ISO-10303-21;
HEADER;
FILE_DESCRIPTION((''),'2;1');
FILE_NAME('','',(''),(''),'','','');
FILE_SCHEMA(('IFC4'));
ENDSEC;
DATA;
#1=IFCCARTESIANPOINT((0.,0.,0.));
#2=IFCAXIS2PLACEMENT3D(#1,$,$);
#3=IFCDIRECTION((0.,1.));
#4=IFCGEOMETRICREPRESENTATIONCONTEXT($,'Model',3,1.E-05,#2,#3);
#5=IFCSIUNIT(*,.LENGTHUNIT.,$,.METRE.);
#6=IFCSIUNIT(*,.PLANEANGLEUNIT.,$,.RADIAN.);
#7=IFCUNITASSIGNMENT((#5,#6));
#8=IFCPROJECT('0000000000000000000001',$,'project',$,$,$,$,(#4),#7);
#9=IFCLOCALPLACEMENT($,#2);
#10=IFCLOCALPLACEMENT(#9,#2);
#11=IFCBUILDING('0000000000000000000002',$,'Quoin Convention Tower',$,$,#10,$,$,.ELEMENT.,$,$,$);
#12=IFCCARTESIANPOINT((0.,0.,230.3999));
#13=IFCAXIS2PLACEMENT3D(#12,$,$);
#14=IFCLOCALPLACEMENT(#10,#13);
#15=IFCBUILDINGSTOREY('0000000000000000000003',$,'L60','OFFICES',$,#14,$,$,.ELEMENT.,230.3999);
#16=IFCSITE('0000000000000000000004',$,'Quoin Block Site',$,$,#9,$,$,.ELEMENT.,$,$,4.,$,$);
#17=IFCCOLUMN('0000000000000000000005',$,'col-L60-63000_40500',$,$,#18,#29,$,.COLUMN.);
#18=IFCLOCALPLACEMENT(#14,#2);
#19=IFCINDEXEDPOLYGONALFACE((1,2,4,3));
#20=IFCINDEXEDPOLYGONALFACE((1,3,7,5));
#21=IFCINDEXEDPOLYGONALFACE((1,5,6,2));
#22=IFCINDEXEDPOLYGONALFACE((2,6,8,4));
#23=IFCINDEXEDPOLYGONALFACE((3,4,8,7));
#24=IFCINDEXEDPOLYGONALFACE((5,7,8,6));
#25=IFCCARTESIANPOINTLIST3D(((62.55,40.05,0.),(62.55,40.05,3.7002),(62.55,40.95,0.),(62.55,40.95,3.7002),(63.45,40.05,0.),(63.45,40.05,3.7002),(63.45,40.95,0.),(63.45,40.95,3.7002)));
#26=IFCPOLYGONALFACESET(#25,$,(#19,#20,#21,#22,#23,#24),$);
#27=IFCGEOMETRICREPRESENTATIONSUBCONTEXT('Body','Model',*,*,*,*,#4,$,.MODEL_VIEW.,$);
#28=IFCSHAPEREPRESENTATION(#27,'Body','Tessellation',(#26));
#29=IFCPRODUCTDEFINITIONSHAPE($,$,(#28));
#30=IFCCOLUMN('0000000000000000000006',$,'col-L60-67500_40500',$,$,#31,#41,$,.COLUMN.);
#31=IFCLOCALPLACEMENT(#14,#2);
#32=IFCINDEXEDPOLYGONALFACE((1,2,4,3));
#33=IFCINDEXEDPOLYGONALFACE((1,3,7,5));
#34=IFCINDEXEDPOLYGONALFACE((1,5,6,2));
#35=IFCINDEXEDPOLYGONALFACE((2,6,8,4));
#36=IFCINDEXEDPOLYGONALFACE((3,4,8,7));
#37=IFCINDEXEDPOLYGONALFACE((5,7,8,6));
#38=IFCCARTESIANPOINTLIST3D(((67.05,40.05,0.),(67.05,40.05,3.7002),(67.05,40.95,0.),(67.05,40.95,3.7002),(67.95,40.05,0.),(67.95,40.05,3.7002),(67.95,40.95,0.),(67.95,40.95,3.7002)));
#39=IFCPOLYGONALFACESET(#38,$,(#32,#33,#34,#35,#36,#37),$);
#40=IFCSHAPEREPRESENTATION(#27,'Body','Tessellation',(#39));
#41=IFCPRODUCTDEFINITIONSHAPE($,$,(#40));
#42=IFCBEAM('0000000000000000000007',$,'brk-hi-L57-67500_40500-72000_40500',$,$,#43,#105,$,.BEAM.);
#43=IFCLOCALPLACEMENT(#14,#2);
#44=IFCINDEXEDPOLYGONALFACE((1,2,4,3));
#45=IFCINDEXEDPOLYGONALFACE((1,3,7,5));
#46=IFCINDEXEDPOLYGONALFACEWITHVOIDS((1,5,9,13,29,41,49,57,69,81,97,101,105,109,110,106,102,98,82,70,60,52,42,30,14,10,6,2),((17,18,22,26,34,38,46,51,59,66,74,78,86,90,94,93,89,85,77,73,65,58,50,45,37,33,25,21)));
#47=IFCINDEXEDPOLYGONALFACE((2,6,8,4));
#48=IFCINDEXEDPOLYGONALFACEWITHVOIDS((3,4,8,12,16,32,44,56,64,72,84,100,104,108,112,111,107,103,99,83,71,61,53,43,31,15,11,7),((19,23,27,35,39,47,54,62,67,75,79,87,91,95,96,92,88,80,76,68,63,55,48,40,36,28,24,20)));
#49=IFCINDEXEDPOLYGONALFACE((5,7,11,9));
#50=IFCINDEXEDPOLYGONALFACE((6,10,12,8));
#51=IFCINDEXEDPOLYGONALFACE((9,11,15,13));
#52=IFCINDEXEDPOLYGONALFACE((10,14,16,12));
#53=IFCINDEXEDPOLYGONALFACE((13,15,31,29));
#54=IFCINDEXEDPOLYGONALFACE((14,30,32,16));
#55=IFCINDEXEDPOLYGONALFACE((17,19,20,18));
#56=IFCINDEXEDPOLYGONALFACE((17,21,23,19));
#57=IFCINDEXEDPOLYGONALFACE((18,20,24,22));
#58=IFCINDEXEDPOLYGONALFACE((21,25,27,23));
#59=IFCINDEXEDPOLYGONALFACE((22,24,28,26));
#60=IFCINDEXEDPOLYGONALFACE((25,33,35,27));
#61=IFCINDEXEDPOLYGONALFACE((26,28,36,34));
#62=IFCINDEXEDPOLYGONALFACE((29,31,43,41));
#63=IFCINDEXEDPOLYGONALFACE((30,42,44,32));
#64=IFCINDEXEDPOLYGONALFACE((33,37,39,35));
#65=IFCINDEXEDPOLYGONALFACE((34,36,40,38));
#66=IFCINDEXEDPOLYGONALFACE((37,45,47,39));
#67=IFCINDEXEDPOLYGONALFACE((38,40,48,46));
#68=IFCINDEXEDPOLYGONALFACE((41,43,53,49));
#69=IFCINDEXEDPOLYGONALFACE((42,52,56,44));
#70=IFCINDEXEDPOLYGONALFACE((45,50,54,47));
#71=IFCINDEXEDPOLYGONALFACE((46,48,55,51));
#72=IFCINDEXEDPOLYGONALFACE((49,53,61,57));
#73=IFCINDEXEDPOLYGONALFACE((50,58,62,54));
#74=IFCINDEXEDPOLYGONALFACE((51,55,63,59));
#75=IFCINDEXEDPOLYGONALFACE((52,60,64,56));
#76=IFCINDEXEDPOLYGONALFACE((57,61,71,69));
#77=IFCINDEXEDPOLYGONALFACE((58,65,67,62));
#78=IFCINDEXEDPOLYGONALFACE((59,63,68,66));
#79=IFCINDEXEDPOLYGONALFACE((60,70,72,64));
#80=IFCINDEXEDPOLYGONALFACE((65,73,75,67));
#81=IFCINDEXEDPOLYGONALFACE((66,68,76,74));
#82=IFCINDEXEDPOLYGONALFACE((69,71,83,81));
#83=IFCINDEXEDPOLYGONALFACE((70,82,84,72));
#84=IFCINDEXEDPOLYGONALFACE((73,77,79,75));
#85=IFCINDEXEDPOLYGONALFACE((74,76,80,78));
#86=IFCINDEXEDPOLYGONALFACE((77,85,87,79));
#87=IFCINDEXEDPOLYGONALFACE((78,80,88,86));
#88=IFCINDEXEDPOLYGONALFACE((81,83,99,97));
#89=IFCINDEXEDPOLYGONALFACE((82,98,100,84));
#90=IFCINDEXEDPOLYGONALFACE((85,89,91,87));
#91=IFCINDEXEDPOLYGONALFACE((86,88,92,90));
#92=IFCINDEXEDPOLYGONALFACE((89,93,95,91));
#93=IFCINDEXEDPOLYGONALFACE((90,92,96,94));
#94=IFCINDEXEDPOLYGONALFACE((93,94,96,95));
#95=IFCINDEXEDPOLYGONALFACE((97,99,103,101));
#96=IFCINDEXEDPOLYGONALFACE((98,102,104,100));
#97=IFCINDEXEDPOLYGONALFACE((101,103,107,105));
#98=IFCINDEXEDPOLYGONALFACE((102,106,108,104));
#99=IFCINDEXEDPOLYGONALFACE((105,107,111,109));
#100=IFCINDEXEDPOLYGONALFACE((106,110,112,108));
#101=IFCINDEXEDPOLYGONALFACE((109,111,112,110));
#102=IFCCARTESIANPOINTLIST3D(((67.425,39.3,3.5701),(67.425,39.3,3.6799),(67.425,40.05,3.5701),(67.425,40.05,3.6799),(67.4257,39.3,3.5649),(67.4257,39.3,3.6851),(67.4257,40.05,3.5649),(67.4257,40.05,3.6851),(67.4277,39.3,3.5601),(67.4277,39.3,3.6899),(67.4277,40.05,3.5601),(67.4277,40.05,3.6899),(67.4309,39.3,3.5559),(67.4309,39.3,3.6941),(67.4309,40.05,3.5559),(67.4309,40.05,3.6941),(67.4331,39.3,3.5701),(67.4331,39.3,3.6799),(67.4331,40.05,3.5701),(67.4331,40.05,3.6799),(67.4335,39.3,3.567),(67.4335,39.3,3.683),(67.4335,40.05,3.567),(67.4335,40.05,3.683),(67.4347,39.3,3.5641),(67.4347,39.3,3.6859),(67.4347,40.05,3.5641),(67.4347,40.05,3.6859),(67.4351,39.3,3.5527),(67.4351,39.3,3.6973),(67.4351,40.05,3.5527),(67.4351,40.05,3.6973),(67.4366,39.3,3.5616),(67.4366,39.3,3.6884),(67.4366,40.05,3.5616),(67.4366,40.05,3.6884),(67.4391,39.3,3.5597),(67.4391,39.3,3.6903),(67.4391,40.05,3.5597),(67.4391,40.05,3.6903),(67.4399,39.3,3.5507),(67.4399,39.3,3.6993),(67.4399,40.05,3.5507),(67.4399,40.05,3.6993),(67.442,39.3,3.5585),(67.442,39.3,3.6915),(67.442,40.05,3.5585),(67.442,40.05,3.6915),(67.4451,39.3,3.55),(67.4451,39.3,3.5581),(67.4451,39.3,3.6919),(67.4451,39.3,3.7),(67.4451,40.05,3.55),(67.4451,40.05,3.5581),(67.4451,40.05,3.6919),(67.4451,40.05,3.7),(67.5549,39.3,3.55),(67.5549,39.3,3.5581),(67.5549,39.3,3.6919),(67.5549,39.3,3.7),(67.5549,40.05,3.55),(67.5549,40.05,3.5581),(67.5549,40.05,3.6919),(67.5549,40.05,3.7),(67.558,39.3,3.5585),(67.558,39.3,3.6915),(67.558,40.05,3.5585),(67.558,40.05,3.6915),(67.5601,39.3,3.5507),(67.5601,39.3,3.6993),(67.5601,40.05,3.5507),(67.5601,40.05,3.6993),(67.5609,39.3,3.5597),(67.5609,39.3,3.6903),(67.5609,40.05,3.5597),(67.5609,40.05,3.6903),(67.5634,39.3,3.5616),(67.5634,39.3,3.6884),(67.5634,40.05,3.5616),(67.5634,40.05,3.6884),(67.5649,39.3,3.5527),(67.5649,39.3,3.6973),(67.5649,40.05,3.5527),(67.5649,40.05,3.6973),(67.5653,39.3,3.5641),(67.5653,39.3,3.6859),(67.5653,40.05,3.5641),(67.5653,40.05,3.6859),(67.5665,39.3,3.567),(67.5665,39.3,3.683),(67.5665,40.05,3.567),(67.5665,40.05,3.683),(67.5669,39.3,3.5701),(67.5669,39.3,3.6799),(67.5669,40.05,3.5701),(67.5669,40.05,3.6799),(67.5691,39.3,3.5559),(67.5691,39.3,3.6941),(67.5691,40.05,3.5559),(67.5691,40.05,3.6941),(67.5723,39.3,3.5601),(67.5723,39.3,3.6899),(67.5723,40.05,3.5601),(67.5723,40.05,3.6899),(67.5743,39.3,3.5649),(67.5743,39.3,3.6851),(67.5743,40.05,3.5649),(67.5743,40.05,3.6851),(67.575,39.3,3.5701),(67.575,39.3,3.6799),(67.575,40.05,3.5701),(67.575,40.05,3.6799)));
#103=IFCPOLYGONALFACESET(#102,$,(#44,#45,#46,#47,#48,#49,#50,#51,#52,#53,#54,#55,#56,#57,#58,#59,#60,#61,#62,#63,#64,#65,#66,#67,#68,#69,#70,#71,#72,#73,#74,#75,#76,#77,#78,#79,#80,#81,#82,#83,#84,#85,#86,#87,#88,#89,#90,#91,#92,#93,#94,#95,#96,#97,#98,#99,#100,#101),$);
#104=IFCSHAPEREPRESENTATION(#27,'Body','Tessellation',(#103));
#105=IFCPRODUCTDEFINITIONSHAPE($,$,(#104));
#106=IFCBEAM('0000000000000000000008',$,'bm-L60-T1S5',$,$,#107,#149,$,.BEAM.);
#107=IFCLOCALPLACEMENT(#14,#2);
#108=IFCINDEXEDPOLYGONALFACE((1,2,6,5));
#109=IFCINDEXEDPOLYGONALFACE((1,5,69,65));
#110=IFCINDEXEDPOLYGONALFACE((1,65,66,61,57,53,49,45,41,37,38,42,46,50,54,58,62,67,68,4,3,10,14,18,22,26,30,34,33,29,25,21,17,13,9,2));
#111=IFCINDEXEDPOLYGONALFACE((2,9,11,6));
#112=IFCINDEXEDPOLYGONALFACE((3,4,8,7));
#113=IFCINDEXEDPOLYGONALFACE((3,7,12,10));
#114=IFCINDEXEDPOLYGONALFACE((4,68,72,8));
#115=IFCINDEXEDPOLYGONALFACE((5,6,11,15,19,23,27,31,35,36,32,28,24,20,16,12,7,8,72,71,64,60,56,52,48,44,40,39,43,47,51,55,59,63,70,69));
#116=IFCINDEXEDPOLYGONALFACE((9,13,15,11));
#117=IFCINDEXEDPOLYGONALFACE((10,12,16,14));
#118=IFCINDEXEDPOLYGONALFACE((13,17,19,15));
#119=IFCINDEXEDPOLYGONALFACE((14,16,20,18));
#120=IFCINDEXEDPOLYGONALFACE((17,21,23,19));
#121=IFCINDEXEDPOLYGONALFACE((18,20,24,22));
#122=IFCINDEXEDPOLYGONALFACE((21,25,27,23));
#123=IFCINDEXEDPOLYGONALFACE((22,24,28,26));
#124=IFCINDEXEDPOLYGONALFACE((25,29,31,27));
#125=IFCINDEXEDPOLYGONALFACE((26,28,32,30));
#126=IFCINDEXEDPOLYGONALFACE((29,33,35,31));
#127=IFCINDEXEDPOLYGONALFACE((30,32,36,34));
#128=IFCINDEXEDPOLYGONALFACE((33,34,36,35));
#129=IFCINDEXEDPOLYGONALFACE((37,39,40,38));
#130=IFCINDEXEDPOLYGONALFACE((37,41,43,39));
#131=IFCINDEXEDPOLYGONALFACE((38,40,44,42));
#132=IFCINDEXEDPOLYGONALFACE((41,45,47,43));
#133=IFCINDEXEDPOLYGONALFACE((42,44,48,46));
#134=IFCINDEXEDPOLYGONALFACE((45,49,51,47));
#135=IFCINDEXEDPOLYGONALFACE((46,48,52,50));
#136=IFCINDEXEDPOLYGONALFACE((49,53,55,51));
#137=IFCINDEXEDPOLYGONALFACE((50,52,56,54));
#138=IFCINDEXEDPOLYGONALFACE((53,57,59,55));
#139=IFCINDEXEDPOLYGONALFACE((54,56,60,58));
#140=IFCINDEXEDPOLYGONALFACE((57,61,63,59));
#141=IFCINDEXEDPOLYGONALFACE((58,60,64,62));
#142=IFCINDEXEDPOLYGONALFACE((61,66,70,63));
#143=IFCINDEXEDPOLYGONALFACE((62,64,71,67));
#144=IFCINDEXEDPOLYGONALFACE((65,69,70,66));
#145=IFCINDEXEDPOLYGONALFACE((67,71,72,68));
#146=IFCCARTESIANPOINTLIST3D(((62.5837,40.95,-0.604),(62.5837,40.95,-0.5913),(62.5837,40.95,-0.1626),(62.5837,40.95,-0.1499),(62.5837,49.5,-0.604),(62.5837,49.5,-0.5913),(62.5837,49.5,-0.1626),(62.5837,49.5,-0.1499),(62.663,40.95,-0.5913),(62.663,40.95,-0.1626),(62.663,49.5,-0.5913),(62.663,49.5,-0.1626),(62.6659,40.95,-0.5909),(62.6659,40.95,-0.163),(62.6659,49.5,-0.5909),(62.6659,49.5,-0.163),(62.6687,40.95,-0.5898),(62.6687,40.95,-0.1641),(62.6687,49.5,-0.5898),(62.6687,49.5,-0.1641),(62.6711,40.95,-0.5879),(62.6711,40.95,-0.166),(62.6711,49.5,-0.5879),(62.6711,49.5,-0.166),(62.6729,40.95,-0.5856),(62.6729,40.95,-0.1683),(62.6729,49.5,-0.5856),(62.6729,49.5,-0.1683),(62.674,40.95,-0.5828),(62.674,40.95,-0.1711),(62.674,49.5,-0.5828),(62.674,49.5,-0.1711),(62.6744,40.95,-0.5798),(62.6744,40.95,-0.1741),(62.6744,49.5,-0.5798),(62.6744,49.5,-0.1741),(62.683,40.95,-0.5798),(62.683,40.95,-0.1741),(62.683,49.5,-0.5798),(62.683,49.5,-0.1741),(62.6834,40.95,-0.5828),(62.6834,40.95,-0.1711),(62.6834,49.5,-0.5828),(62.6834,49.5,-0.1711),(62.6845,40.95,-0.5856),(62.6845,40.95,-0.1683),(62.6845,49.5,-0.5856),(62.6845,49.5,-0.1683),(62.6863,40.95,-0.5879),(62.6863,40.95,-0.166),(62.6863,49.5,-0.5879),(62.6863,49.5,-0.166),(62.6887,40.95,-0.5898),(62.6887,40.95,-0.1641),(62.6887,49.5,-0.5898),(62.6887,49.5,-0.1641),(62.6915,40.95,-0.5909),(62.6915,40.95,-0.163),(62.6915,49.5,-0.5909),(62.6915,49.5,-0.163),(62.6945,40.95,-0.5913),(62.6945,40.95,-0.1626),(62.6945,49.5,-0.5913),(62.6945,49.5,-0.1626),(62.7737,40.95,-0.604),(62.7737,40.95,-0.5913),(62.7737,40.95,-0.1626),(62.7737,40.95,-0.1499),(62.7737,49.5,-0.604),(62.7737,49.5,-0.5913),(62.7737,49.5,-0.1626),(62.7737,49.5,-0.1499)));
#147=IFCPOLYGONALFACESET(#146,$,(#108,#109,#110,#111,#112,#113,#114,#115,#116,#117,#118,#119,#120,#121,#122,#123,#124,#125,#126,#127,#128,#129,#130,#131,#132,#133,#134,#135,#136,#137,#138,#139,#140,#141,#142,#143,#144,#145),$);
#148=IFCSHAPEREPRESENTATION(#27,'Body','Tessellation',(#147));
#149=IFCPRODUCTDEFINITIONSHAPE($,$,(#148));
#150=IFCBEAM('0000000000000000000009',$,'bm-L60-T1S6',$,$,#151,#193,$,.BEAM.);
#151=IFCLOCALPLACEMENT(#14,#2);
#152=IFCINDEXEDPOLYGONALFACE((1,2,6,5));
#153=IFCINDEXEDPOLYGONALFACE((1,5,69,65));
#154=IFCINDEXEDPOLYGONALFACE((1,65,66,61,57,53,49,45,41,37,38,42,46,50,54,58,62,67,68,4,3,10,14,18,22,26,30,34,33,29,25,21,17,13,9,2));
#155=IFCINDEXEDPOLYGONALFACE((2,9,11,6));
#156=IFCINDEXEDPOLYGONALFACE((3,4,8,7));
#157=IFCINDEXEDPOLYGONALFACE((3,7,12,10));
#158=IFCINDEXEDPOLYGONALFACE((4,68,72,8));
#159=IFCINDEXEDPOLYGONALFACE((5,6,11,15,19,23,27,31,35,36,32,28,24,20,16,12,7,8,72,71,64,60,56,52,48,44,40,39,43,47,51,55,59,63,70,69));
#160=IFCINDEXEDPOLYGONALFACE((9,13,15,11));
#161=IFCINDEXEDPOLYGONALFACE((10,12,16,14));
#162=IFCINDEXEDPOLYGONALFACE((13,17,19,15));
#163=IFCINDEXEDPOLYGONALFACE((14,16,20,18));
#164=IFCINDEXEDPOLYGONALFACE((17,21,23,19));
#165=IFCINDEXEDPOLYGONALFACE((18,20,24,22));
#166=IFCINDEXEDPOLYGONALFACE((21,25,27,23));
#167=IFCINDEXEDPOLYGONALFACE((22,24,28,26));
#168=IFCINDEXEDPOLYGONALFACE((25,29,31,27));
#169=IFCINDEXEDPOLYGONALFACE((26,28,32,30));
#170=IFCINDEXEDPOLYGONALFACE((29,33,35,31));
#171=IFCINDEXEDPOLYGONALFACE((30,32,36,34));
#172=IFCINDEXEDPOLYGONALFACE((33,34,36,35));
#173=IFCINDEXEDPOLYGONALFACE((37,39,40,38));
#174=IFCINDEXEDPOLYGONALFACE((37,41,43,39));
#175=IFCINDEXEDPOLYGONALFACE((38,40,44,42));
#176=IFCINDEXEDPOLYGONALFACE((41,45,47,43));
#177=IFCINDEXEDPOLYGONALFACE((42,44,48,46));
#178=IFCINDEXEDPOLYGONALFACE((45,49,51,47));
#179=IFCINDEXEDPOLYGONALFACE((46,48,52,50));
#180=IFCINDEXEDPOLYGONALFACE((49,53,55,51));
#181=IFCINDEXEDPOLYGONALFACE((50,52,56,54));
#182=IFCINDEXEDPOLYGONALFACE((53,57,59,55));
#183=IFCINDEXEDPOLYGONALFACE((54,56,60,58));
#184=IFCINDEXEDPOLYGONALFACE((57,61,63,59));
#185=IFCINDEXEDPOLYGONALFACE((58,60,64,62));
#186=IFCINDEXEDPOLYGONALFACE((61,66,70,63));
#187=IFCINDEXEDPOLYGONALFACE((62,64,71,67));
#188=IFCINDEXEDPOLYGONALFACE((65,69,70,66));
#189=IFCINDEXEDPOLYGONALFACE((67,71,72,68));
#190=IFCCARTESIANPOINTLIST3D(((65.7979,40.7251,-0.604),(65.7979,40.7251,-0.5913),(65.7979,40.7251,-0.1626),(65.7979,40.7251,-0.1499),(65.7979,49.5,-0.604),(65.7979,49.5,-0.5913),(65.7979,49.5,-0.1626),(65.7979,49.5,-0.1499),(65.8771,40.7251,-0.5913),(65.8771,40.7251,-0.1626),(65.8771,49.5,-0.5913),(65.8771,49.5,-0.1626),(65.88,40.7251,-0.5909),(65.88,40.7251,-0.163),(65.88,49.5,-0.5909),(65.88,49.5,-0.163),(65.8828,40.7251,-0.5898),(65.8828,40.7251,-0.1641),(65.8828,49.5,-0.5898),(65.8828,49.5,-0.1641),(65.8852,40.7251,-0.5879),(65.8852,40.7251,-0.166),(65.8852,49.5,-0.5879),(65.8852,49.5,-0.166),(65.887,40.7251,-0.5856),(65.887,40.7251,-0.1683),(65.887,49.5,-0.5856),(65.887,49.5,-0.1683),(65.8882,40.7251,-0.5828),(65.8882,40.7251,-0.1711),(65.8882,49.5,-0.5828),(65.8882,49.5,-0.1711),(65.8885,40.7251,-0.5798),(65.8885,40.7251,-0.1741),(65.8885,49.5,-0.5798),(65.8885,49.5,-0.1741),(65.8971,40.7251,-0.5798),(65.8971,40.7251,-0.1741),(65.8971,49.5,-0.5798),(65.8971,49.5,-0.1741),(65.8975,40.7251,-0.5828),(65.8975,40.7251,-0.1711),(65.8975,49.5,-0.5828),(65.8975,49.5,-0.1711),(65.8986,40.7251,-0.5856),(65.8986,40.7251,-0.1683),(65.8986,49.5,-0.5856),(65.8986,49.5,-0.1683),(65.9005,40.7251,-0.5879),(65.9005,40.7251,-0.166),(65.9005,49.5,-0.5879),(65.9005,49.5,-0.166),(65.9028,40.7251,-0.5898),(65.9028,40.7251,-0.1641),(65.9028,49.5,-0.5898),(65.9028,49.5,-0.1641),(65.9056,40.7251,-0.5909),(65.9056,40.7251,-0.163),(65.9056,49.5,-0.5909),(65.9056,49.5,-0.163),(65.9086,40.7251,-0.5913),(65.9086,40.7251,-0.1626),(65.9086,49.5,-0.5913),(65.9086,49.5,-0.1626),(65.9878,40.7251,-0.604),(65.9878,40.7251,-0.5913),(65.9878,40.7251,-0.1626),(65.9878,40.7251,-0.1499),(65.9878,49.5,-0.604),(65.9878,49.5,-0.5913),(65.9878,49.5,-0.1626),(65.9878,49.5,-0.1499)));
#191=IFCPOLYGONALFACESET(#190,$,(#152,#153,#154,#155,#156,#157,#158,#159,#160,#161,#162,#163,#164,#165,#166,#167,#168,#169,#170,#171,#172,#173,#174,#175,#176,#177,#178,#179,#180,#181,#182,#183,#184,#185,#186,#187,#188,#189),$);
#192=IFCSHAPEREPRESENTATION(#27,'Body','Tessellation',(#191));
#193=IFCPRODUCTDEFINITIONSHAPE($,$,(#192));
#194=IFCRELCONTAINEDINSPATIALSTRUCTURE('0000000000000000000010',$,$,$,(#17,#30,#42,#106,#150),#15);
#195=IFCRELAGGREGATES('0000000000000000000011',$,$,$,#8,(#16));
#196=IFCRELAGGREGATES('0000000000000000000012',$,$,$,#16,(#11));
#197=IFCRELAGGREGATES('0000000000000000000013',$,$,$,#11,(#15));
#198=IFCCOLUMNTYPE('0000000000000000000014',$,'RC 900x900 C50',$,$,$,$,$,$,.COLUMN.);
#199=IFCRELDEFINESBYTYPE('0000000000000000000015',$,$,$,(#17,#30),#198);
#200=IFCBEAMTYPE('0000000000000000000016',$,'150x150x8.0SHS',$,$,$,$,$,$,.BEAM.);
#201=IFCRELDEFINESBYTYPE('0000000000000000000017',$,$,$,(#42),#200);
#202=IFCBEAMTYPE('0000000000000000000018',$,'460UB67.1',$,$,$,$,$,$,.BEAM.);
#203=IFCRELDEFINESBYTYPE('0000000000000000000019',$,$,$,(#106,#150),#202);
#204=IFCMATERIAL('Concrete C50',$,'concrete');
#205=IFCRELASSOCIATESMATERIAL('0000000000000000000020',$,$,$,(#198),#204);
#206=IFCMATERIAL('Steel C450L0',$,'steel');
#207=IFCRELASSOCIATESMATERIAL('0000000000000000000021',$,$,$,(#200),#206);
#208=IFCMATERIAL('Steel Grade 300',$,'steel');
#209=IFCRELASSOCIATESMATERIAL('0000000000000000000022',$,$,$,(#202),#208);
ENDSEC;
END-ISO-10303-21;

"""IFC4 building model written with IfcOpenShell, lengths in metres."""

from ifc_helpers import new_model, si_unit, direction, frame, origin, origin_2d, place, context, subcontext, project, spatial, rectangle, hollow_rectangle, i_section, extrude, material, material_profile, profile_set, type_object, element, save


model = new_model("IFC4")

# Units and contexts
model_context = context("Model", 3, precision=1e-05, world=origin(), true_north=direction((0.0, 1.0)))
body_context = subcontext(model_context, "Body", "Model", "MODEL_VIEW")
ifc_project = project(units=[si_unit("LENGTHUNIT", "METRE"), si_unit("PLANEANGLEUNIT", "RADIAN")], contexts=[model_context])

# Site, building, storey
site_placement = place(None, origin())
site = spatial("IfcSite", under=ifc_project, at=site_placement, Name="Quoin Block Site", CompositionType="ELEMENT", RefElevation=4.0)
building_placement = place(site_placement, origin())
building = spatial("IfcBuilding", under=site, at=building_placement, Name="Quoin Convention Tower", CompositionType="ELEMENT")
storey_placement = place(building_placement, frame((0.0, 0.0, 230.3999)))
storey = spatial("IfcBuildingStorey", under=building, at=storey_placement, Name="L60", Description="OFFICES", CompositionType="ELEMENT", Elevation=230.3999)

# Columns
ifc_material_1 = material(Name="Concrete C50", Category="concrete")
ifc_material_profile_1 = material_profile(ifc_material_1, rectangle(XDim=0.8999, YDim=0.8999, at=origin_2d()), Name="RC 900x900")
ifc_profile_set_1 = profile_set([ifc_material_profile_1], Name="Concrete C50")
column_type = type_object("IfcColumnType", Name="RC 900x900 C50", PredefinedType="COLUMN", material=ifc_profile_set_1)
for number, where, z_axis, x_axis, name in (
    (1, (63.0, 40.5, 0.0), (0.0, 0.0, 1.0), (1.0, 0.0, 0.0), "col-L60-63000_40500"),
    (2, (67.5, 40.5, 0.0), (0.0, 0.0, 1.0), (1.0, 0.0, 0.0), "col-L60-67500_40500"),
):
    element("IfcColumn", number, at=place(storey_placement, frame(where, z_axis=z_axis, x_axis=x_axis)), inside=storey, type_object=column_type, Name=name, PredefinedType="COLUMN", context=body_context, shape_type="SweptSolid", body=[
        extrude(rectangle(XDim=0.8999, YDim=0.8999, at=origin_2d()), origin(), (0.0, 0.0, 1.0), 3.7002),
    ])

# Beams
ifc_material_2 = material(Name="Steel C450L0", Category="steel")
ifc_material_profile_2 = material_profile(ifc_material_2, hollow_rectangle(XDim=0.1499, YDim=0.1499, WallThickness=0.0081, InnerFilletRadius=0.012, OuterFilletRadius=0.02, at=origin_2d()), Name="150x150x8.0SHS")
ifc_profile_set_2 = profile_set([ifc_material_profile_2], Name="Steel C450L0")
beam_type_1 = type_object("IfcBeamType", Name="150x150x8.0SHS", PredefinedType="BEAM", material=ifc_profile_set_2)
beam_1_placement = place(storey_placement, frame((67.5, 40.05, 3.625), z_axis=(0.0, -1.0, 0.0), x_axis=(1.0, 0.0, 0.0)))
element("IfcBeam", 3, at=beam_1_placement, inside=storey, type_object=beam_type_1, Name="brk-hi-L57-67500_40500-72000_40500", PredefinedType="BEAM", context=body_context, shape_type="SweptSolid", body=[
    extrude(hollow_rectangle(XDim=0.1499, YDim=0.1499, WallThickness=0.0081, InnerFilletRadius=0.012, OuterFilletRadius=0.02, at=origin_2d()), origin(), (0.0, 0.0, 1.0), 0.75),
])
ifc_material_3 = material(Name="Steel Grade 300", Category="steel")
ifc_material_profile_3 = material_profile(ifc_material_3, i_section(OverallWidth=0.1899, OverallDepth=0.4541, WebThickness=0.0085, FlangeThickness=0.0127, FilletRadius=0.0115, at=origin_2d()), Name="460UB67.1")
ifc_profile_set_3 = profile_set([ifc_material_profile_3], Name="Steel Grade 300")
beam_type_2 = type_object("IfcBeamType", Name="460UB67.1", PredefinedType="BEAM", material=ifc_profile_set_3)
beam_2_placement = place(storey_placement, frame((62.6787, 40.95, -0.377), z_axis=(0.0, 1.0, 0.0), x_axis=(-1.0, 0.0, 0.0)))
element("IfcBeam", 4, at=beam_2_placement, inside=storey, type_object=beam_type_2, Name="bm-L60-T1S5", PredefinedType="BEAM", context=body_context, shape_type="SweptSolid", body=[
    extrude(i_section(OverallWidth=0.1899, OverallDepth=0.4541, WebThickness=0.0085, FlangeThickness=0.0127, FilletRadius=0.0115, at=origin_2d()), origin(), (0.0, 0.0, 1.0), 8.55),
])
beam_3_placement = place(storey_placement, frame((65.8928, 40.7251, -0.377), z_axis=(0.0, 1.0, 0.0), x_axis=(-1.0, 0.0, 0.0)))
element("IfcBeam", 5, at=beam_3_placement, inside=storey, type_object=beam_type_2, Name="bm-L60-T1S6", PredefinedType="BEAM", context=body_context, shape_type="SweptSolid", body=[
    extrude(i_section(OverallWidth=0.1899, OverallDepth=0.4541, WebThickness=0.0085, FlangeThickness=0.0127, FilletRadius=0.0115, at=origin_2d()), origin(), (0.0, 0.0, 1.0), 8.7749),
])

save(model, "model.ifc")
